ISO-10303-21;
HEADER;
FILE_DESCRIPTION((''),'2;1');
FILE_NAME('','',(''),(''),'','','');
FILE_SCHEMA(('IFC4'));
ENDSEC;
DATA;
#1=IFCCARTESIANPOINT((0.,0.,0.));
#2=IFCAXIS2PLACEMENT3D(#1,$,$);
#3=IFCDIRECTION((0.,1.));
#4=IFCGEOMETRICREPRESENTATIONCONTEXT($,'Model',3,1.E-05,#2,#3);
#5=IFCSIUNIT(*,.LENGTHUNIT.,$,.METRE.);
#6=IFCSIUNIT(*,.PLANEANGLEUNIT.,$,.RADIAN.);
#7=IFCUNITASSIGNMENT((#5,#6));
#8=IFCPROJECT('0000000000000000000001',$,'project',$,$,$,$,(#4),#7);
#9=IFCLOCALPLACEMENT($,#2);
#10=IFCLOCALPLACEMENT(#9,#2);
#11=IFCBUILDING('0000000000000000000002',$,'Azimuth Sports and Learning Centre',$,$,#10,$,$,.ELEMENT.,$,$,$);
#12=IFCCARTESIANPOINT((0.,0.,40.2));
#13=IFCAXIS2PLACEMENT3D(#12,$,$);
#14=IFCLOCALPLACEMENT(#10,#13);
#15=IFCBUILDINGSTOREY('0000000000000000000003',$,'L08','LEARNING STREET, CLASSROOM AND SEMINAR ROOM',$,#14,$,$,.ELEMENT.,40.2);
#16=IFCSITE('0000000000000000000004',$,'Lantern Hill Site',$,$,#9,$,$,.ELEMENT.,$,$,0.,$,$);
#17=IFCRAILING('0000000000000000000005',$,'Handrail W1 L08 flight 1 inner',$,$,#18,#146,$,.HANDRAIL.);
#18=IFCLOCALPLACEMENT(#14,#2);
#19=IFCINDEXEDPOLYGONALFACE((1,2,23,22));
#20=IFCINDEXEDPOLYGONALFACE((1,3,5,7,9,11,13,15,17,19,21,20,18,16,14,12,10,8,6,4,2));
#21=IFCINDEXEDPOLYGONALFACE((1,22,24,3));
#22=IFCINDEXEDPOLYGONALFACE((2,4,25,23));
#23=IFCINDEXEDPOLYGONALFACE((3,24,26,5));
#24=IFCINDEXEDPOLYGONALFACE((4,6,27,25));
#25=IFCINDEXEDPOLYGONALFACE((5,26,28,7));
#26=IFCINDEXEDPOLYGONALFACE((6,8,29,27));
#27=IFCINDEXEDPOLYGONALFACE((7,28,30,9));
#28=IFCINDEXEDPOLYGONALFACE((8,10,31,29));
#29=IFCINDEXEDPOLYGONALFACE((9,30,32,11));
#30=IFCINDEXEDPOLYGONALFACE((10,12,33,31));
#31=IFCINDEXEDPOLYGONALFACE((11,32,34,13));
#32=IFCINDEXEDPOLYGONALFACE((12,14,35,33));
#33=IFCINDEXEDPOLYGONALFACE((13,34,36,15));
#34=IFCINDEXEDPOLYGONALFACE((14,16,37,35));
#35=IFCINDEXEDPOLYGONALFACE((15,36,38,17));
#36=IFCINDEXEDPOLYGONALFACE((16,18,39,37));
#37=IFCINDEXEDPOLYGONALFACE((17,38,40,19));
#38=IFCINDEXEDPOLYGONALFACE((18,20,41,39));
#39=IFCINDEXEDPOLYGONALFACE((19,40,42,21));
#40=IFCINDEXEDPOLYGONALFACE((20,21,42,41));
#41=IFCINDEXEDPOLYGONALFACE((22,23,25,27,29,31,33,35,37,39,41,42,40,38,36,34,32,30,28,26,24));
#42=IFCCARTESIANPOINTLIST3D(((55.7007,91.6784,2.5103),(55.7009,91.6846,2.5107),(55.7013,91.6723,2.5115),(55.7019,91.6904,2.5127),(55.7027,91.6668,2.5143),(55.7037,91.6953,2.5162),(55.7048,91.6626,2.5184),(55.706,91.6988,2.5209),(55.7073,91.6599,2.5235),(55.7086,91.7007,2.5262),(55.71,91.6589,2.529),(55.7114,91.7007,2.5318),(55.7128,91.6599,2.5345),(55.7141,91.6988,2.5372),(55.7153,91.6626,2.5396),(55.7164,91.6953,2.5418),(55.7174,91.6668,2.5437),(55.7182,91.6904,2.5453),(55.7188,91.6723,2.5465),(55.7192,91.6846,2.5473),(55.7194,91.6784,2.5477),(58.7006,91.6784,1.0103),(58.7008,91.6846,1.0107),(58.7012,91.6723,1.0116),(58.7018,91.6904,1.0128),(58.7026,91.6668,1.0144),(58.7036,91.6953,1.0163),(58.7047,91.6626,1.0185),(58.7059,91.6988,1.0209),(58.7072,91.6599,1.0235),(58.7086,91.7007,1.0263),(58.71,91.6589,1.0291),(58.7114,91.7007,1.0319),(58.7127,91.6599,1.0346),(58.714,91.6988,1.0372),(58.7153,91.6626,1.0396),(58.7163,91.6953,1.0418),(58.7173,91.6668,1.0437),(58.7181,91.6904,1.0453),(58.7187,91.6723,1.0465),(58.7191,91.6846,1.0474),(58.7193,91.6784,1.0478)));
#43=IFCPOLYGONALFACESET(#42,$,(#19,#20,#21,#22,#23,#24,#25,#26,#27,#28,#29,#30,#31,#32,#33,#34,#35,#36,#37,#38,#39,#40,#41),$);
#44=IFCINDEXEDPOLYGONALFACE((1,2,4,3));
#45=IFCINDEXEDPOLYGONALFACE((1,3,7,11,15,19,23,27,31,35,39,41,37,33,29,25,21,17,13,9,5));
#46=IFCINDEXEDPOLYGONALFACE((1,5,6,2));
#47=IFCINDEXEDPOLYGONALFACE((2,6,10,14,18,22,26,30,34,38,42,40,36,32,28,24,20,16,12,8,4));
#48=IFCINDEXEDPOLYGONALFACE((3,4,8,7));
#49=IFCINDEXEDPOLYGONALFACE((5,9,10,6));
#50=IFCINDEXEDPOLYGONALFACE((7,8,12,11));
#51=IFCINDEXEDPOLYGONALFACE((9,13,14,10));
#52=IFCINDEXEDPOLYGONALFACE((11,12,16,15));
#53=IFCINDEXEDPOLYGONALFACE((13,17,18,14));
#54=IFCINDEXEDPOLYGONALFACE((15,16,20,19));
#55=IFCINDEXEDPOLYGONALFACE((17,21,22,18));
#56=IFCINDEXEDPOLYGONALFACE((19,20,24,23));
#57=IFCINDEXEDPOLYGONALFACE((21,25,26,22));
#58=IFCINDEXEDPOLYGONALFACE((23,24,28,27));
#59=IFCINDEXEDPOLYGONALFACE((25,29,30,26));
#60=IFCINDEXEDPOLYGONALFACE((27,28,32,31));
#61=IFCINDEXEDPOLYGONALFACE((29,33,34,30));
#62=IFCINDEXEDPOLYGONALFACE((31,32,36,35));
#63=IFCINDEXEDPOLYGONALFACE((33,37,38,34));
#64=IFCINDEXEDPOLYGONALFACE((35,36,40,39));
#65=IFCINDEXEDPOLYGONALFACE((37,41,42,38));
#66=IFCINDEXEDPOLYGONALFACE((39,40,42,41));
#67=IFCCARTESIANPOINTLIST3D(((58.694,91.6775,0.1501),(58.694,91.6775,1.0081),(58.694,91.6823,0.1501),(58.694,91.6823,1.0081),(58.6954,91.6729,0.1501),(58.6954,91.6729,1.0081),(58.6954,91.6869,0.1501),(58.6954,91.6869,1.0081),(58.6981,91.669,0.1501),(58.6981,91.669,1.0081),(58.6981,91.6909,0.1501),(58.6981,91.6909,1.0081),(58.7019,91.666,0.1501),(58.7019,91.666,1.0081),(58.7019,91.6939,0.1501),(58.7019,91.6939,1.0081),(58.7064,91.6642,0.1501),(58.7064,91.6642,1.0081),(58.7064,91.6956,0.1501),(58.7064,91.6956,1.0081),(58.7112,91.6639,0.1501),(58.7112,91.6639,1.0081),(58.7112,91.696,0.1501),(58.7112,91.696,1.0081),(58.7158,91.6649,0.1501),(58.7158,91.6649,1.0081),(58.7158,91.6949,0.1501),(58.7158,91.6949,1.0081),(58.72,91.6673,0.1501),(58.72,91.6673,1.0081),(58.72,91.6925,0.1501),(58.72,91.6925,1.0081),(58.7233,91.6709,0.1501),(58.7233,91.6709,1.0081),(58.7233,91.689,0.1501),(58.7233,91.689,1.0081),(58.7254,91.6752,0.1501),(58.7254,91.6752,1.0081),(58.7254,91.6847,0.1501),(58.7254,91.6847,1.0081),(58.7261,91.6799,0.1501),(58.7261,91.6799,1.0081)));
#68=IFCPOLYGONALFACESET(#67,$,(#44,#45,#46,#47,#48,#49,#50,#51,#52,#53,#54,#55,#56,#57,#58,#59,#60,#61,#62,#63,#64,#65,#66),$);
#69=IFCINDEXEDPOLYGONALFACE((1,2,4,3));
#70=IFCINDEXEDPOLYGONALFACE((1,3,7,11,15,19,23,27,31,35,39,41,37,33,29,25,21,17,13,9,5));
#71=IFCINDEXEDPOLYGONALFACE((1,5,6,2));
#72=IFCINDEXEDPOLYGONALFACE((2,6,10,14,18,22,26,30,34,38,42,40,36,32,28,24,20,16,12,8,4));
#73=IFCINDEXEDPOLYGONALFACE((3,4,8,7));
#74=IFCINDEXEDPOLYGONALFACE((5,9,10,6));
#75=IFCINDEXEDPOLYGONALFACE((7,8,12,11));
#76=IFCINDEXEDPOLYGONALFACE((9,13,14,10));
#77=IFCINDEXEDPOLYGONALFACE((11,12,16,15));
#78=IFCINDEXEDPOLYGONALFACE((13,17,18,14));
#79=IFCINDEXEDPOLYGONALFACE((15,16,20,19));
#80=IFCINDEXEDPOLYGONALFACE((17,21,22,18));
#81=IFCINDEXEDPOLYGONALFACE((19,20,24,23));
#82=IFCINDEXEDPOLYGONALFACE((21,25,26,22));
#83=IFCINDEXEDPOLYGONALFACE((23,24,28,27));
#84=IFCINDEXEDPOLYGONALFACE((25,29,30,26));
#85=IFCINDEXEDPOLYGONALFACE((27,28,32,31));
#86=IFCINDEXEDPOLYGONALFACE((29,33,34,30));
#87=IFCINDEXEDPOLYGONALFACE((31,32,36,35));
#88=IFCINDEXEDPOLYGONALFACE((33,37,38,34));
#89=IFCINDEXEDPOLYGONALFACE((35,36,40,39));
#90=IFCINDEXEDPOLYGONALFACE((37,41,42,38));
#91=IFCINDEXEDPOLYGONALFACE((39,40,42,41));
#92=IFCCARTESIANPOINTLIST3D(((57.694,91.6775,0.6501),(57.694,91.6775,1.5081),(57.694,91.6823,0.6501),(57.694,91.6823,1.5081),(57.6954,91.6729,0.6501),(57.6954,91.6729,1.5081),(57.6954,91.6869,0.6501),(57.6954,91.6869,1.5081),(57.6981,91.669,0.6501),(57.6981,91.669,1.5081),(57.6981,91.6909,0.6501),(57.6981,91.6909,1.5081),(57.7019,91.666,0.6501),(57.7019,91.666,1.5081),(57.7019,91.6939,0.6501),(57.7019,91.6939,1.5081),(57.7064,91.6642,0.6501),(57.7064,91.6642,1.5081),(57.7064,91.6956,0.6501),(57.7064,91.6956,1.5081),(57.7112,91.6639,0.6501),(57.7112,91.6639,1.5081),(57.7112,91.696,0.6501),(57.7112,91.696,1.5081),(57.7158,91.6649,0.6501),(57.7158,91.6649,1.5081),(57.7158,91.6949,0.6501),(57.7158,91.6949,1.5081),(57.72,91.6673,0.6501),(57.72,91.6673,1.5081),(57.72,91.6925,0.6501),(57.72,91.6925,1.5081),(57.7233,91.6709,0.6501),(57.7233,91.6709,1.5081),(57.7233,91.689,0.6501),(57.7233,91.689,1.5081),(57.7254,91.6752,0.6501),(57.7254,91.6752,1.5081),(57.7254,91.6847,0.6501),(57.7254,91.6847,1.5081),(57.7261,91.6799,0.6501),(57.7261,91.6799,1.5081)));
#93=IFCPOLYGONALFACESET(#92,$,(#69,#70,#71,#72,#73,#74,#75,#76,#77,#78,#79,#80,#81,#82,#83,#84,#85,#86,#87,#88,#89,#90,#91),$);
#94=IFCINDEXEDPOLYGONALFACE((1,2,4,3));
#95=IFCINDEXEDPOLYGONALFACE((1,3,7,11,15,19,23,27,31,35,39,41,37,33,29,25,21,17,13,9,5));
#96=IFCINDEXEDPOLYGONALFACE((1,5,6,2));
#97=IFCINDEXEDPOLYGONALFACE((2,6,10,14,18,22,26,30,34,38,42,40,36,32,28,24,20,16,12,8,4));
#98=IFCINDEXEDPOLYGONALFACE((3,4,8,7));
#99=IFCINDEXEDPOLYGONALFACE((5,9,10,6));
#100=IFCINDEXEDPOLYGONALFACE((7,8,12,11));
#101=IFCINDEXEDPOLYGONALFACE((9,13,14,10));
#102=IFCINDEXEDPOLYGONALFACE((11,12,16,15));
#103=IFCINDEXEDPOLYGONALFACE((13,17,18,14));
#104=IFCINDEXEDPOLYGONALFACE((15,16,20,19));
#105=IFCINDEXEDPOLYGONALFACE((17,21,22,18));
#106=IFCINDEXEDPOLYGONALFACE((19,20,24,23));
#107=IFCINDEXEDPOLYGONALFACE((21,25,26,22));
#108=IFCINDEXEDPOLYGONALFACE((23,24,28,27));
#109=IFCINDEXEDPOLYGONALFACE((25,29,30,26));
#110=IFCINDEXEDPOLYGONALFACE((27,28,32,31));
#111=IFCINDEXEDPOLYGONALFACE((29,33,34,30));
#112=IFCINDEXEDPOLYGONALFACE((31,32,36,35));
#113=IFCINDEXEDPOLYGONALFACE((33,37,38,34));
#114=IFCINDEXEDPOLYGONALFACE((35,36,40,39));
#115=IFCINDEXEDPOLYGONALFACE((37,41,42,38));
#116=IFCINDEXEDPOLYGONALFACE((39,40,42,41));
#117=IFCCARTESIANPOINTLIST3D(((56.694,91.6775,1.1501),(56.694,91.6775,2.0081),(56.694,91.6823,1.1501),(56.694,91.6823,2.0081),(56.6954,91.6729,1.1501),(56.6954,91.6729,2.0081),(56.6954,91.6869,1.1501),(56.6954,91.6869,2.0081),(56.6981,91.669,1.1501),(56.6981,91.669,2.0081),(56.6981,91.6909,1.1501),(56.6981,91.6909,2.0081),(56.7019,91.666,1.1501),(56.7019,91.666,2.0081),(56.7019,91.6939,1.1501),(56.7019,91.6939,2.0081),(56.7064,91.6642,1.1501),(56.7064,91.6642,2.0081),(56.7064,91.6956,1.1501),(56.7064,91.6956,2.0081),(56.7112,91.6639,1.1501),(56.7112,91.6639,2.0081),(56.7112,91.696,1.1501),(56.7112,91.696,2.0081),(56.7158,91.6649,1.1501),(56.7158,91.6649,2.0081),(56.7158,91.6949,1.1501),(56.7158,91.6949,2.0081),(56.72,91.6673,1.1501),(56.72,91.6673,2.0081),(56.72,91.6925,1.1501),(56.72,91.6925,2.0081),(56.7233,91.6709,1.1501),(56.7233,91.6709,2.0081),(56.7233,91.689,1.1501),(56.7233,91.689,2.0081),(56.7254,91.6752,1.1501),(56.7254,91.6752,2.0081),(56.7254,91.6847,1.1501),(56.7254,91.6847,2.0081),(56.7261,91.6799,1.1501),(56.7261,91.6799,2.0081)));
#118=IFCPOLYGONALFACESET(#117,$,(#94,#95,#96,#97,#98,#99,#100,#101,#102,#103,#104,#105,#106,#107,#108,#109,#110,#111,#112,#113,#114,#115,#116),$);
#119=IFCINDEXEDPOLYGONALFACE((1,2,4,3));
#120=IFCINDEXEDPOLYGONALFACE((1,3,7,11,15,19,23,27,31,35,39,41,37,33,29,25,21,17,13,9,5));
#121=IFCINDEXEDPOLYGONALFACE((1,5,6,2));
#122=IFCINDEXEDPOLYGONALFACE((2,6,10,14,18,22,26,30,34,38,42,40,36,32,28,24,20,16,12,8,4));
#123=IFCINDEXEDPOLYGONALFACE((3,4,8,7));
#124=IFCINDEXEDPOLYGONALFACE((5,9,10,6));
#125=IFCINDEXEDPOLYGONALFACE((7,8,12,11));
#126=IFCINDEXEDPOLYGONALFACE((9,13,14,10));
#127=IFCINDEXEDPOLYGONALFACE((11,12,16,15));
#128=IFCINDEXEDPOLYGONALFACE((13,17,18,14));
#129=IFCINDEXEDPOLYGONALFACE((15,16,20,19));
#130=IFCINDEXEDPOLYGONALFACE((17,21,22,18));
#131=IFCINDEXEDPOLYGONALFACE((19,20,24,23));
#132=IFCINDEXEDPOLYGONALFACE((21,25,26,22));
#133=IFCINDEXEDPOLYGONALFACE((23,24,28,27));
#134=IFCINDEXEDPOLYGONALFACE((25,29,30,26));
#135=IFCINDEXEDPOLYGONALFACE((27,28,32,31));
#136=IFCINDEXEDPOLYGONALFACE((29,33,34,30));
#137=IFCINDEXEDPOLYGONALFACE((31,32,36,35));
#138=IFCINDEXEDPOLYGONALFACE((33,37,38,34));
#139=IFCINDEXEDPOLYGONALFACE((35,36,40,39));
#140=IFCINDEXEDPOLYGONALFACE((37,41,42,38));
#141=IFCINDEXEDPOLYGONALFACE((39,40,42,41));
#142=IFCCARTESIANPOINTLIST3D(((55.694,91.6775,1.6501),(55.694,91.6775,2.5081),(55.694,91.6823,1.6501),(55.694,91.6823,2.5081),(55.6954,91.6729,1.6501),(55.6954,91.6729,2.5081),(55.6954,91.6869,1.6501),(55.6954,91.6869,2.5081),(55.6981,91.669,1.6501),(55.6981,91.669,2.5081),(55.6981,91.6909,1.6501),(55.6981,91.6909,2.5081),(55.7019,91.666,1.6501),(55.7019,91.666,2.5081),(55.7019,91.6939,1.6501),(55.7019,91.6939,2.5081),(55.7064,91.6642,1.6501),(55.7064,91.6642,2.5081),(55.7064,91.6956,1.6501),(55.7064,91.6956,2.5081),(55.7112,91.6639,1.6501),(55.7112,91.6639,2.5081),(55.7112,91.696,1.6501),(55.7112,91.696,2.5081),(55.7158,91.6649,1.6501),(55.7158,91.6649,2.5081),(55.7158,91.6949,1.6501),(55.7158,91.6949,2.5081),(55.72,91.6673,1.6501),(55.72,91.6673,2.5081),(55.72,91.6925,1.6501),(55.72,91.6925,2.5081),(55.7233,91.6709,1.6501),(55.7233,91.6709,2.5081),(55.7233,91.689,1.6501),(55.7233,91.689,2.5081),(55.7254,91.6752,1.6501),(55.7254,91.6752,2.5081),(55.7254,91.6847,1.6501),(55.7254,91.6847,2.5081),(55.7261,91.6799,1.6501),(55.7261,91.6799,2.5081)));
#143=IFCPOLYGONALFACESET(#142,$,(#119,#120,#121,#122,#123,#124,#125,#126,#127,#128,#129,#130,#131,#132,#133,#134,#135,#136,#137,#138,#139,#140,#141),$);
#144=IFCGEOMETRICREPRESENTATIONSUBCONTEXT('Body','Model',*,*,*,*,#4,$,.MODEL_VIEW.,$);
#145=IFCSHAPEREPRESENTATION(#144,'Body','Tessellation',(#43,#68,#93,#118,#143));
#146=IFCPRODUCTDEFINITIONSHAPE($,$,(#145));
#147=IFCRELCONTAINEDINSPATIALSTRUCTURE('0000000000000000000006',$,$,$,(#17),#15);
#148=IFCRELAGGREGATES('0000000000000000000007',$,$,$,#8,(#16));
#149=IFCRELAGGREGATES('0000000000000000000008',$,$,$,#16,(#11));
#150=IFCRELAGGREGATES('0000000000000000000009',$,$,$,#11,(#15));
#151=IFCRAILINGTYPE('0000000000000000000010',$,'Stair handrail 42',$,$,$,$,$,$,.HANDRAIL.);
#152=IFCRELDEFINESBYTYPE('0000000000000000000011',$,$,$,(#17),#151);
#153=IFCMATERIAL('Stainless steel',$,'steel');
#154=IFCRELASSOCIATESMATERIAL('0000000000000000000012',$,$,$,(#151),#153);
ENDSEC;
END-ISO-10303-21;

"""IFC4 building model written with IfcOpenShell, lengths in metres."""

from ifc_helpers import new_model, si_unit, direction, frame, origin, origin_2d, place, context, subcontext, project, spatial, circle, extrude, material, type_object, element, save


model = new_model("IFC4")

# Units and contexts
model_context = context("Model", 3, precision=1e-05, world=origin(), true_north=direction((0.0, 1.0)))
body_context = subcontext(model_context, "Body", "Model", "MODEL_VIEW")
ifc_project = project(units=[si_unit("LENGTHUNIT", "METRE"), si_unit("PLANEANGLEUNIT", "RADIAN")], contexts=[model_context])

# Site, building, storey
site_placement = place(None, origin())
site = spatial("IfcSite", under=ifc_project, at=site_placement, Name="Lantern Hill Site", CompositionType="ELEMENT", RefElevation=0.0)
building_placement = place(site_placement, origin())
building = spatial("IfcBuilding", under=site, at=building_placement, Name="Azimuth Sports and Learning Centre", CompositionType="ELEMENT")
storey_placement = place(building_placement, frame((0.0, 0.0, 40.2)))
storey = spatial("IfcBuildingStorey", under=building, at=storey_placement, Name="L08", Description="LEARNING STREET, CLASSROOM AND SEMINAR ROOM", CompositionType="ELEMENT", Elevation=40.2)

# Railing
ifc_material_1 = material(Name="Stainless steel", Category="steel")
railing_type_1 = type_object("IfcRailingType", Name="Stair handrail 42", PredefinedType="HANDRAIL", material=ifc_material_1)
for number, where, name in (
    (1, (58.71, 91.6799, 0.1501), "Handrail W1 L08 flight 1 inner"),
):
    element("IfcRailing", number, at=place(storey_placement, frame(where)), inside=storey, type_object=railing_type_1, Name=name, PredefinedType="HANDRAIL", context=body_context, shape_type="SweptSolid", body=[
        extrude(circle(Radius=0.021, at=origin_2d()), frame((0.0, 0.0, 0.8789), z_axis=(-0.894427, 0.0, 0.447214), x_axis=(0.0, -1.0, 0.0)), (0.0, 0.0, 1.0), 3.354),
        extrude(circle(Radius=0.0161, at=origin_2d()), origin(), (0.0, 0.0, 1.0), 0.8579),
        extrude(circle(Radius=0.0161, at=origin_2d()), frame((-1.0, 0.0, 0.5)), (0.0, 0.0, 1.0), 0.8579),
        extrude(circle(Radius=0.0161, at=origin_2d()), frame((-2.0, 0.0, 1.0)), (0.0, 0.0, 1.0), 0.8579),
        extrude(circle(Radius=0.0161, at=origin_2d()), frame((-3.0, 0.0, 1.5)), (0.0, 0.0, 1.0), 0.8579),
    ])

save(model, "model.ifc")
